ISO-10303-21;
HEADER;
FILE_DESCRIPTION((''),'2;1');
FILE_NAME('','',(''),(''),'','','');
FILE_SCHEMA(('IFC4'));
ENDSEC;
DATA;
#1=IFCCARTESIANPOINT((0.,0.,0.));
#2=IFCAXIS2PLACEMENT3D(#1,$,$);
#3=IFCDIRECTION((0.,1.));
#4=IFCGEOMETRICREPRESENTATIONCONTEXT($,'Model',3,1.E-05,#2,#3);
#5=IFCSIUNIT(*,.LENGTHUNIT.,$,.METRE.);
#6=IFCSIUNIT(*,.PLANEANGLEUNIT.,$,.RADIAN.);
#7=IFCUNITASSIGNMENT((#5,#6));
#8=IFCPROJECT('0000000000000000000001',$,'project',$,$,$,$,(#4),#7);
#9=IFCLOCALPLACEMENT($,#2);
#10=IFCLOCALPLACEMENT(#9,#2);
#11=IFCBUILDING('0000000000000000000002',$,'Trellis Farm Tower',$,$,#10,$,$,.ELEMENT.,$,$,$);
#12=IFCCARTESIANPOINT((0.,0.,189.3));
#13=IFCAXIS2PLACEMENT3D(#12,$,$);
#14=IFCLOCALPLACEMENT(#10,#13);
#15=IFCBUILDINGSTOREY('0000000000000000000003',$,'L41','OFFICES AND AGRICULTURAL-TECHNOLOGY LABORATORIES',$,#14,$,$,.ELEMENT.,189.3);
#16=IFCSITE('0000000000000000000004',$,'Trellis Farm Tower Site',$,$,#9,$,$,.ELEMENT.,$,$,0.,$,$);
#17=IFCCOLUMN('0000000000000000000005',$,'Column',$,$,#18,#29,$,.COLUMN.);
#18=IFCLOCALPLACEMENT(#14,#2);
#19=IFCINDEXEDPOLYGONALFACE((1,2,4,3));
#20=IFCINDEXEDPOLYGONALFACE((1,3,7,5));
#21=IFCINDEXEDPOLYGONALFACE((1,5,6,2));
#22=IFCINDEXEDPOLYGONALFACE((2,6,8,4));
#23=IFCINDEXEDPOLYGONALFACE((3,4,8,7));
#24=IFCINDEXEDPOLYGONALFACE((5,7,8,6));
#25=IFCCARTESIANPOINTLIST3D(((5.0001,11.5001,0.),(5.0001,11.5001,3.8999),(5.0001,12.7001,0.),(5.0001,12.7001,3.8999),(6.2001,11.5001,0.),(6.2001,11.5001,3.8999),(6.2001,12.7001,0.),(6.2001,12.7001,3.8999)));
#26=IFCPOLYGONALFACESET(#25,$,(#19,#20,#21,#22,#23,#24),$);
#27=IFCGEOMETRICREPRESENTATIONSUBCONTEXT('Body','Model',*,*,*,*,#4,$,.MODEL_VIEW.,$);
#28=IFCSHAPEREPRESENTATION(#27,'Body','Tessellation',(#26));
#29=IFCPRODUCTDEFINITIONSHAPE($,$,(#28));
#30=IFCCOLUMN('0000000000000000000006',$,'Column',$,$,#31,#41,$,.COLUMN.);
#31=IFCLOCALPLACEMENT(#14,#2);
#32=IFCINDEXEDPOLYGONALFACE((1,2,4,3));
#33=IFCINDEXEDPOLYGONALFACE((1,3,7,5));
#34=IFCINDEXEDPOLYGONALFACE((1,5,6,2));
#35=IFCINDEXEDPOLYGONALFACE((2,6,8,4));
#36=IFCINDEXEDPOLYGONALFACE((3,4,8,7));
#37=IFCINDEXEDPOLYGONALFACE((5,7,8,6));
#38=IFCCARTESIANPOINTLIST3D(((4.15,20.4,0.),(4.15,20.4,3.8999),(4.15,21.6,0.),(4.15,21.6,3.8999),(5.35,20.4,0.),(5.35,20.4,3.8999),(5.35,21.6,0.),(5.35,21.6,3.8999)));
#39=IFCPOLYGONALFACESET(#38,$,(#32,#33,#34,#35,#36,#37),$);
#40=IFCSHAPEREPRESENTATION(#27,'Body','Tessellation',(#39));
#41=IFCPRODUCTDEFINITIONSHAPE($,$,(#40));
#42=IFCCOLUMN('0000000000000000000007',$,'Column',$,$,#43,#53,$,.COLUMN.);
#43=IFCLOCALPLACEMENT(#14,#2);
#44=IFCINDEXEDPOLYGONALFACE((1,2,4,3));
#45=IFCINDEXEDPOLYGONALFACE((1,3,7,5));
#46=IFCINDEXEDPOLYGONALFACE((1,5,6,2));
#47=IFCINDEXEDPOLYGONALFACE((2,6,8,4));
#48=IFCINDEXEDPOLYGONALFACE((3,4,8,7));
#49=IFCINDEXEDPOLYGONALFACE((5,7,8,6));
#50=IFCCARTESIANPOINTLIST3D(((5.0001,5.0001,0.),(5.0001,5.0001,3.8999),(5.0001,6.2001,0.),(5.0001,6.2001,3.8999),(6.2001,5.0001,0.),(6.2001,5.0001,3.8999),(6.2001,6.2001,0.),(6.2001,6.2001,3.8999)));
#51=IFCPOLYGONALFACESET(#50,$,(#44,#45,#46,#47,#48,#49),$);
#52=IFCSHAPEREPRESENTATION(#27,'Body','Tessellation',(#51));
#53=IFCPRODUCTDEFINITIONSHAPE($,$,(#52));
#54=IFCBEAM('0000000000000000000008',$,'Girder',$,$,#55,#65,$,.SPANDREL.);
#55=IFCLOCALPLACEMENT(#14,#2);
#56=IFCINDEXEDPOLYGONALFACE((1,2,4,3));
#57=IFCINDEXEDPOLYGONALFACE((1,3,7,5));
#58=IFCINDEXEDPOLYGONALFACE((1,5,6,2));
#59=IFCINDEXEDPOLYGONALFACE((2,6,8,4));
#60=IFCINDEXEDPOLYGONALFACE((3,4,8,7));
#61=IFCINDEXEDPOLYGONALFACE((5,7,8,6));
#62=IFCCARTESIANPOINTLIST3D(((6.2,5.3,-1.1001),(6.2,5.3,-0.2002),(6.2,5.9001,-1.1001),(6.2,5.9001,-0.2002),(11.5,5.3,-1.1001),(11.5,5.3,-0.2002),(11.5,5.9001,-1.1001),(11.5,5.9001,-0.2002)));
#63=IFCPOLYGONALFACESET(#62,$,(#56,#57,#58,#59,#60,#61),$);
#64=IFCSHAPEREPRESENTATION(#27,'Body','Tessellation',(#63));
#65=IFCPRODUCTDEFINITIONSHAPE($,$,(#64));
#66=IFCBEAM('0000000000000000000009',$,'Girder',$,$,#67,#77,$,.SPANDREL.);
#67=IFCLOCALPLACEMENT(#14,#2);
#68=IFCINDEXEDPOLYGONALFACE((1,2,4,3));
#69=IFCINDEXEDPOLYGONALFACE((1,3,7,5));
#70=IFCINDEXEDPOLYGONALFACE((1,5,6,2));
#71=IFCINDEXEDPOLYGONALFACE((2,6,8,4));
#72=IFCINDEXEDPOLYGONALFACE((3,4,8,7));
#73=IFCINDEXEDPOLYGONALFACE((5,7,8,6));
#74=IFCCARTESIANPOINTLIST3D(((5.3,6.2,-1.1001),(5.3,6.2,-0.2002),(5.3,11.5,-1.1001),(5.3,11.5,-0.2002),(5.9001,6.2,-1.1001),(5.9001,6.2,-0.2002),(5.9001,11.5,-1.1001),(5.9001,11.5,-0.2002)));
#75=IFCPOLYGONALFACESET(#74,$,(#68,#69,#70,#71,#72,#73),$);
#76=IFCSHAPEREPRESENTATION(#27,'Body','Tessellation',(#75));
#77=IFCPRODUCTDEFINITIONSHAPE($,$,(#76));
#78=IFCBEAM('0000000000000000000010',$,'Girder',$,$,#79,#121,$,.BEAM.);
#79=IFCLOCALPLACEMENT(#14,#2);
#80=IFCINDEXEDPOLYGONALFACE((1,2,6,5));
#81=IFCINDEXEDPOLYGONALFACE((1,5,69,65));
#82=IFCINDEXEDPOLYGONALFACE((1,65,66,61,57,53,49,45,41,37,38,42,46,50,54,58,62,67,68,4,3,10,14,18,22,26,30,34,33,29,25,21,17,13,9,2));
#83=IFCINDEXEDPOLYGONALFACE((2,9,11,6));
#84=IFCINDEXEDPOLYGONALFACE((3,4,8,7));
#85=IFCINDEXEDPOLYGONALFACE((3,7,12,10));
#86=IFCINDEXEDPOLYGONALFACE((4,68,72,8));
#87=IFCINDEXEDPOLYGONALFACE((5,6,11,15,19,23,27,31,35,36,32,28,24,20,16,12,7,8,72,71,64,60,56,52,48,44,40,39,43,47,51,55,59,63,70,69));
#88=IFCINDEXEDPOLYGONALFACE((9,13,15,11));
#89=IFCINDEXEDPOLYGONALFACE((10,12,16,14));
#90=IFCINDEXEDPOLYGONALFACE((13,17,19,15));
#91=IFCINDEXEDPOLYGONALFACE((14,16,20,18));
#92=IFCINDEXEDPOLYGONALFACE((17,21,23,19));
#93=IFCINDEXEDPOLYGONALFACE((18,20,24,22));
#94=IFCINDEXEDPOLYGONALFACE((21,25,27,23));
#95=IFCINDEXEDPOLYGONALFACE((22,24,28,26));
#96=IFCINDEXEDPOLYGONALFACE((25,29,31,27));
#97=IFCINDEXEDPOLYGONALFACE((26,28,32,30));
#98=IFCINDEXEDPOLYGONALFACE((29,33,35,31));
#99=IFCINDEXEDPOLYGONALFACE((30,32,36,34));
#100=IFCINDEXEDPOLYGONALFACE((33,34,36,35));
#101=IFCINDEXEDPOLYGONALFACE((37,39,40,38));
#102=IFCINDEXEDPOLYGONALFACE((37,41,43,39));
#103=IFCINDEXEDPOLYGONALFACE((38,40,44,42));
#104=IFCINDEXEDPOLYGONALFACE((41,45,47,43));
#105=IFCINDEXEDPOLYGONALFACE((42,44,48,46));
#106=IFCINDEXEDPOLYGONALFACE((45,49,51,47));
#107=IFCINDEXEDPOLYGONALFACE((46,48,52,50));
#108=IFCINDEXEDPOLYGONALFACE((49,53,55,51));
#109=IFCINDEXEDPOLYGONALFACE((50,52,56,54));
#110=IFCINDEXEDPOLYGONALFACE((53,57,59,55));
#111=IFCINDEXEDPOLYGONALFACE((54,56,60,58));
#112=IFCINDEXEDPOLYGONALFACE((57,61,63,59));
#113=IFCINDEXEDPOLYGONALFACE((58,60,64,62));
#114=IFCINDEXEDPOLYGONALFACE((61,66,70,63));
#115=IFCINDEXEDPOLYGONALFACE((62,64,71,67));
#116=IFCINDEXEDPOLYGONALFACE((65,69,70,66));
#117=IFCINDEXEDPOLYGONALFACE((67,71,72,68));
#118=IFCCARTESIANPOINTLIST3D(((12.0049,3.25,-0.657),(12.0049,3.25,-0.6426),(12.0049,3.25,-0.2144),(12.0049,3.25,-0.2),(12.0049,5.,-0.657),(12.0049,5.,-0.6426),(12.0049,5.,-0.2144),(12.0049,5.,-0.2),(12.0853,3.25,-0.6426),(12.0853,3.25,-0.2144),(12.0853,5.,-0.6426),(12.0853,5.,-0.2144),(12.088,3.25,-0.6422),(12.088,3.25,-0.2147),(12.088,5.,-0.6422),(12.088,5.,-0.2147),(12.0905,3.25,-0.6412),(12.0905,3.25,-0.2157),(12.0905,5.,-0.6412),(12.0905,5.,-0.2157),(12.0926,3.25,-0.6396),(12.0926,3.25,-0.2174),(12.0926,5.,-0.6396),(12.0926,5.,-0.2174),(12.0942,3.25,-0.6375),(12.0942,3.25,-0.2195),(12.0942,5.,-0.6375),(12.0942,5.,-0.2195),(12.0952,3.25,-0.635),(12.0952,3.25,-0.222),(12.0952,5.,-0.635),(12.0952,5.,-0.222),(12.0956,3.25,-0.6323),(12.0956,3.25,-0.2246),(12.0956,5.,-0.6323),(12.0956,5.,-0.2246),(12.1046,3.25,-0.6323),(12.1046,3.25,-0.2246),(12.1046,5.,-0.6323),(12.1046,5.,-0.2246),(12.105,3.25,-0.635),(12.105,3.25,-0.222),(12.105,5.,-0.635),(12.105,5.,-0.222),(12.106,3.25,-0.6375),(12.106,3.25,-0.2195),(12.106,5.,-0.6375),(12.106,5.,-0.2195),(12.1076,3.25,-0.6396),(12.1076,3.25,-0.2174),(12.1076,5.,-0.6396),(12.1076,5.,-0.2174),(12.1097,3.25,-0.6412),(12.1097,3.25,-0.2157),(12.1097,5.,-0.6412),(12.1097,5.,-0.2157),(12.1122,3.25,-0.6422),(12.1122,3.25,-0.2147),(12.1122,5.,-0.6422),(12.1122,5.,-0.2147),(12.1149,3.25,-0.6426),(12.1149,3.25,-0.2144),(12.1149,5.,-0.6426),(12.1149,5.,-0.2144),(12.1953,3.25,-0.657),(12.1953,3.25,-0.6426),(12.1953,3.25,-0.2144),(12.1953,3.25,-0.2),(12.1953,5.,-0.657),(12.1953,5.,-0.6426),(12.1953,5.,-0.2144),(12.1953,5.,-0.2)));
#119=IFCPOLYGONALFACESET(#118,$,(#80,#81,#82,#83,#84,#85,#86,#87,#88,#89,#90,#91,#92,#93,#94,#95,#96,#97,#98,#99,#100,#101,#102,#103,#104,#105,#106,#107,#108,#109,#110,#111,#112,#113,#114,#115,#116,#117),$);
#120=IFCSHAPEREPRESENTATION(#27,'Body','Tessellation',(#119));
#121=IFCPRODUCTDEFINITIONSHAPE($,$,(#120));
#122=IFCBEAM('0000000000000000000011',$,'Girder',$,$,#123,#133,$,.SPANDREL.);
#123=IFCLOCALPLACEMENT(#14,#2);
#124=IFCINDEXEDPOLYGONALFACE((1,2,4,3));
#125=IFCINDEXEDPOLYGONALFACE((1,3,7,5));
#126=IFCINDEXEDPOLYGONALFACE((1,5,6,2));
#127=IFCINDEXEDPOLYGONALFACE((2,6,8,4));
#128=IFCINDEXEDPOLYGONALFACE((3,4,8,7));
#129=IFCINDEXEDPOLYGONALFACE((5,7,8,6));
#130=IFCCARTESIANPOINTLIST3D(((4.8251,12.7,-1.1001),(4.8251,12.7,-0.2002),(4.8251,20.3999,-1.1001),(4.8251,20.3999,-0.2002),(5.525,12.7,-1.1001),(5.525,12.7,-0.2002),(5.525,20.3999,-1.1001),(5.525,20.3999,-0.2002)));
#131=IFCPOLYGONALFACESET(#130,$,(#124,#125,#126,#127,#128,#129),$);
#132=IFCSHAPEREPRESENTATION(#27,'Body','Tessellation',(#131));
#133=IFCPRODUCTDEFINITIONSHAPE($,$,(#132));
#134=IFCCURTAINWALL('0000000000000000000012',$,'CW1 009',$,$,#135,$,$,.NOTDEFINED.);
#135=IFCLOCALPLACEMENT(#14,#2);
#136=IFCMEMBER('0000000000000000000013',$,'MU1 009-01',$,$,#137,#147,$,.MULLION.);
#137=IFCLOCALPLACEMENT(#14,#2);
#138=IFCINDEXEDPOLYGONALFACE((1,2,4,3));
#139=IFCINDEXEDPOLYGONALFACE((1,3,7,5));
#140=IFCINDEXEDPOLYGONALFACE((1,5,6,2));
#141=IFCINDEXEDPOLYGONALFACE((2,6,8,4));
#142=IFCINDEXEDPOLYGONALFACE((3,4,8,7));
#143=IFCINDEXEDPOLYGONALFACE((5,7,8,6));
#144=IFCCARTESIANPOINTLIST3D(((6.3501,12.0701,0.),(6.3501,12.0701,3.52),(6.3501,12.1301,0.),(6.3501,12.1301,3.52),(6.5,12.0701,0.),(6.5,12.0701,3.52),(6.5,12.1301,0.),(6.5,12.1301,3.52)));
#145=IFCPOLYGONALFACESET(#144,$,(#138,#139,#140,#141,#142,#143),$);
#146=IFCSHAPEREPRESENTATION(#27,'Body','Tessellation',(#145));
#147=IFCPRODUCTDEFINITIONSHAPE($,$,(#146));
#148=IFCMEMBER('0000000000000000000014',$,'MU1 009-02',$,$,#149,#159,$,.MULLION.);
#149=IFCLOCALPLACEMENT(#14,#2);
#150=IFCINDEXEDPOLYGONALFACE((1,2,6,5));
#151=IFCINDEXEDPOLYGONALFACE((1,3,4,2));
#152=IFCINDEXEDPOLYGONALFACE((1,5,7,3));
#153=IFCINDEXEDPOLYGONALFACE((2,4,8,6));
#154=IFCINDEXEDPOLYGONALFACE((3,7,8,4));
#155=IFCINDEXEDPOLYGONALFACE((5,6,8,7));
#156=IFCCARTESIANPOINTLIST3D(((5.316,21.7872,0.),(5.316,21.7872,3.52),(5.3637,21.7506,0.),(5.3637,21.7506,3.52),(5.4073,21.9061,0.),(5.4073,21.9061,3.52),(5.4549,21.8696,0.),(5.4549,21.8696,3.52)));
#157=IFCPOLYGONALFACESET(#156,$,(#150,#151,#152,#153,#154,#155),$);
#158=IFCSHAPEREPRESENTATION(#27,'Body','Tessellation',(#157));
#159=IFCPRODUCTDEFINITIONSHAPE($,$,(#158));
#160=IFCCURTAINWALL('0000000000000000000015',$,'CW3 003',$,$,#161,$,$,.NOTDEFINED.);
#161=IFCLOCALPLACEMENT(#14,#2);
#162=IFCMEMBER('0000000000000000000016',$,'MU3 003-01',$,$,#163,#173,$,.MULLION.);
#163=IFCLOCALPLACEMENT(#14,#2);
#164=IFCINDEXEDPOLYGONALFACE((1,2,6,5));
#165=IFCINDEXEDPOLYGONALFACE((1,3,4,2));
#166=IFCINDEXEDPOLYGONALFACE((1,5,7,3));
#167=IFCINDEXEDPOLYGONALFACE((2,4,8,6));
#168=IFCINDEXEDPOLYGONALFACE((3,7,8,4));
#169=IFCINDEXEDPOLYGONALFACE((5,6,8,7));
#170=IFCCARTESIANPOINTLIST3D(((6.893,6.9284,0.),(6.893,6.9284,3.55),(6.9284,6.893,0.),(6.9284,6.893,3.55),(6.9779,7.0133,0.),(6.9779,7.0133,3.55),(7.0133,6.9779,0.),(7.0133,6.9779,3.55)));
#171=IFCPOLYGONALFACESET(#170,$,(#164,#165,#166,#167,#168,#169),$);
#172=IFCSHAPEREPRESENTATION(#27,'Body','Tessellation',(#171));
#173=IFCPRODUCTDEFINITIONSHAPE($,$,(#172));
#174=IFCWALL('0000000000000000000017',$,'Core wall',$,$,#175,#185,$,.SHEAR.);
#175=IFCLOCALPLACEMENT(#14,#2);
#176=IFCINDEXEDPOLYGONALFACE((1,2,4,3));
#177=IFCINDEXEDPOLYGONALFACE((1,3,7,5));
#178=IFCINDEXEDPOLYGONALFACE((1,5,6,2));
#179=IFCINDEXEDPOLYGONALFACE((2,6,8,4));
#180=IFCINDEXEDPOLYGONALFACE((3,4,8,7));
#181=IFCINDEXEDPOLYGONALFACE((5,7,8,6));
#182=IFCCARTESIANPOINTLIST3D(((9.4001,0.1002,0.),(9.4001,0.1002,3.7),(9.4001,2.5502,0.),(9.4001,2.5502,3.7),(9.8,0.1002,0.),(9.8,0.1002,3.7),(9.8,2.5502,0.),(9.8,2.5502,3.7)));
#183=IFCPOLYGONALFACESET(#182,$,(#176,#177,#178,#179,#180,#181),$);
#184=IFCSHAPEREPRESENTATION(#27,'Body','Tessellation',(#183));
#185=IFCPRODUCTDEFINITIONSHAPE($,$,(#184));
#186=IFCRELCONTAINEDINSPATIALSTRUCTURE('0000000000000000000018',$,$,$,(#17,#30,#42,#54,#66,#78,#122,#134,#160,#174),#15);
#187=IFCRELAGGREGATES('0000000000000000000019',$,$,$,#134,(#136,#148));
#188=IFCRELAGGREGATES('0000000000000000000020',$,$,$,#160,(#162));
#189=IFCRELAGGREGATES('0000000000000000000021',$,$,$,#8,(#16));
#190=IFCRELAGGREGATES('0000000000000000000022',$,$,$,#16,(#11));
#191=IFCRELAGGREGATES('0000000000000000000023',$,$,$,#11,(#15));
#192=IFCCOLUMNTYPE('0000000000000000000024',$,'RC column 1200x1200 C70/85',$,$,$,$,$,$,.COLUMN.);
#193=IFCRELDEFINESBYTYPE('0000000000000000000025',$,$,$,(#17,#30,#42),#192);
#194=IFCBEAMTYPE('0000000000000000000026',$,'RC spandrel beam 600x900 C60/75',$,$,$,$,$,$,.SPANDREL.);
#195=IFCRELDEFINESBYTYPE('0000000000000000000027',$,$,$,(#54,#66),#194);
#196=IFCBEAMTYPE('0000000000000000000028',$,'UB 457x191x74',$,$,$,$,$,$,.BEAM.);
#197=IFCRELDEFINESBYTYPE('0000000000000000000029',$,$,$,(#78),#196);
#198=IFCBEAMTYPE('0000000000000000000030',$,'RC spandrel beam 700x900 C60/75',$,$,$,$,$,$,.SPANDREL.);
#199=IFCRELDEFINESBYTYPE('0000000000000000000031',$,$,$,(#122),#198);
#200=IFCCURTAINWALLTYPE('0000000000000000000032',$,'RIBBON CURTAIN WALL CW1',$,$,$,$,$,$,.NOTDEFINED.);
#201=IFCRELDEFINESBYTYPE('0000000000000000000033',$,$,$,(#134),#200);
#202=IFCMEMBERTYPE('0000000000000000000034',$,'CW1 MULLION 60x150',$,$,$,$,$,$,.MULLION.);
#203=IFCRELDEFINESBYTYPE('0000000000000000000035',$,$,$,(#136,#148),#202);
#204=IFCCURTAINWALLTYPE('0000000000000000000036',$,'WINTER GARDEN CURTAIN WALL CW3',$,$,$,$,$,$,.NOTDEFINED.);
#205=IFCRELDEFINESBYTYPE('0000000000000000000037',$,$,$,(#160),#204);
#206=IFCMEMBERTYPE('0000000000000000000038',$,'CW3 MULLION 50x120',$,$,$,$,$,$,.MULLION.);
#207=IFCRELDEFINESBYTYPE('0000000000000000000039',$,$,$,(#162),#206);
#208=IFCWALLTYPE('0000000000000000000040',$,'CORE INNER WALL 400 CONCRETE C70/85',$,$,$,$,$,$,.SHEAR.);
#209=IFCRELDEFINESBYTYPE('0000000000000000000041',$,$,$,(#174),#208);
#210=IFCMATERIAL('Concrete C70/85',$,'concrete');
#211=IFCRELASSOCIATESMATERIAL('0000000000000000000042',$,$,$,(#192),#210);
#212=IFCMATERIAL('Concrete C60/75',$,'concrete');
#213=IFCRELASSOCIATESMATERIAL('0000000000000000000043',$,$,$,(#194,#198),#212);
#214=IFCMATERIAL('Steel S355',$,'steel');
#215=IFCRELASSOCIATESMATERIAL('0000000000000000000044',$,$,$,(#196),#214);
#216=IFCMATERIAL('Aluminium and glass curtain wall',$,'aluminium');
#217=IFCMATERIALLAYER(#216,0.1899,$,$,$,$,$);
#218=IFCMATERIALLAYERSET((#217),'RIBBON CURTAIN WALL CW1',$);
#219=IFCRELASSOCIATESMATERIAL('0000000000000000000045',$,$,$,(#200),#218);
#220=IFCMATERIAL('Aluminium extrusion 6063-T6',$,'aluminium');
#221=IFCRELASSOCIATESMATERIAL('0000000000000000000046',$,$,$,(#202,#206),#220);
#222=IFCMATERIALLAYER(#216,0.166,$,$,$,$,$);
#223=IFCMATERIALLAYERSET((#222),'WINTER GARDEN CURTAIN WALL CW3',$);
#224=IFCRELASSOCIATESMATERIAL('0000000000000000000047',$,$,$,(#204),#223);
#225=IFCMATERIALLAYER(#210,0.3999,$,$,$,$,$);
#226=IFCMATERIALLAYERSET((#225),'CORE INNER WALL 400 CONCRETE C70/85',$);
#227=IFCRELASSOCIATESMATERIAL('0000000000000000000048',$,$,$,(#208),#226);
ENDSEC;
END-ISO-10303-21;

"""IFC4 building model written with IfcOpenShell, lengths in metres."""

from ifc_helpers import new_model, si_unit, direction, frame, frame_2d, origin, origin_2d, place, context, subcontext, project, spatial, rectangle, i_section, extrude, source, transform, mapped, material, layer, layer_set, material_profile, profile_set, type_object, element, aggregate, save


model = new_model("IFC4")

# Units and contexts
model_context = context("Model", 3, precision=1e-05, world=origin(), true_north=direction((0.0, 1.0)))
body_context = subcontext(model_context, "Body", "Model", "MODEL_VIEW")
ifc_project = project(units=[si_unit("LENGTHUNIT", "METRE"), si_unit("PLANEANGLEUNIT", "RADIAN")], contexts=[model_context])

# Site, building, storey
site_placement = place(None, origin())
site = spatial("IfcSite", under=ifc_project, at=site_placement, Name="Trellis Farm Tower Site", CompositionType="ELEMENT", RefElevation=0.0)
building_placement = place(site_placement, origin())
building = spatial("IfcBuilding", under=site, at=building_placement, Name="Trellis Farm Tower", CompositionType="ELEMENT")
storey_placement = place(building_placement, frame((0.0, 0.0, 189.3)))
storey = spatial("IfcBuildingStorey", under=building, at=storey_placement, Name="L41", Description="OFFICES AND AGRICULTURAL-TECHNOLOGY LABORATORIES", CompositionType="ELEMENT", Elevation=189.3)

# Columns
ifc_material_1 = material(Name="Concrete C70/85", Category="concrete")
ifc_material_profile_1 = material_profile(ifc_material_1, rectangle(XDim=1.2, YDim=1.2, at=origin_2d()), Name="RC column 1200x1200 C70/85")
ifc_profile_set_1 = profile_set([ifc_material_profile_1], Name="Concrete C70/85")
column_type = type_object("IfcColumnType", Name="RC column 1200x1200 C70/85", PredefinedType="COLUMN", material=ifc_profile_set_1)
shared_shape_1 = source(origin(), body_context, "Body", "SweptSolid", [
    extrude(rectangle(XDim=1.2, YDim=1.2, at=origin_2d()), origin(), (0.0, 0.0, 1.0), 3.8999),
])
for number, where, z_axis, x_axis, name in (
    (1, (5.6001, 12.1001, 0.0), (0.0, 0.0, 1.0), (1.0, 0.0, 0.0), "Column"),
    (2, (4.75, 21.0, 0.0), (0.0, 0.0, 1.0), (1.0, 0.0, 0.0), "Column"),
    (3, (5.6001, 5.6001, 0.0), (0.0, 0.0, 1.0), (1.0, 0.0, 0.0), "Column"),
):
    element("IfcColumn", number, at=place(storey_placement, frame(where, z_axis=z_axis, x_axis=x_axis)), inside=storey, type_object=column_type, Name=name, PredefinedType="COLUMN", context=body_context, shape_type="MappedRepresentation", body=[
        mapped(shared_shape_1, transform((0.0, 0.0, 0.0))),
    ])

# Beams
ifc_material_2 = material(Name="Concrete C60/75", Category="concrete")
ifc_material_profile_2 = material_profile(ifc_material_2, rectangle(XDim=0.6001, YDim=0.8999, at=origin_2d()), Name="RC spandrel beam 600x900 C60/75")
ifc_profile_set_2 = profile_set([ifc_material_profile_2], Name="Concrete C60/75")
beam_type_1 = type_object("IfcBeamType", Name="RC spandrel beam 600x900 C60/75", PredefinedType="SPANDREL", material=ifc_profile_set_2)
shared_shape_2 = source(origin(), body_context, "Body", "SweptSolid", [
    extrude(rectangle(XDim=0.6001, YDim=0.8999, at=origin_2d()), origin(), (0.0, 0.0, 1.0), 5.3),
])
for number, where, z_axis, x_axis, name in (
    (4, (6.2, 5.6001, -0.6501), (1.0, 0.0, 0.0), (0.0, 1.0, 0.0), "Girder"),
    (5, (5.6001, 6.2, -0.6501), (0.0, 1.0, 0.0), (-1.0, 0.0, 0.0), "Girder"),
):
    element("IfcBeam", number, at=place(storey_placement, frame(where, z_axis=z_axis, x_axis=x_axis)), inside=storey, type_object=beam_type_1, Name=name, PredefinedType="SPANDREL", context=body_context, shape_type="MappedRepresentation", body=[
        mapped(shared_shape_2, transform((0.0, 0.0, 0.0))),
    ])
ifc_material_3 = material(Name="Steel S355", Category="steel")
ifc_material_profile_3 = material_profile(ifc_material_3, i_section(OverallWidth=0.1904, OverallDepth=0.457, WebThickness=0.009, FlangeThickness=0.0144, FilletRadius=0.0103, at=origin_2d()), Name="UB 457x191x74")
ifc_profile_set_3 = profile_set([ifc_material_profile_3], Name="Steel S355")
beam_type_2 = type_object("IfcBeamType", Name="UB 457x191x74", PredefinedType="BEAM", material=ifc_profile_set_3)
shared_shape_3 = source(origin(), body_context, "Body", "SweptSolid", [
    extrude(i_section(OverallWidth=0.1904, OverallDepth=0.457, WebThickness=0.009, FlangeThickness=0.0144, FilletRadius=0.0103, at=origin_2d()), origin(), (0.0, 0.0, 1.0), 1.75),
])
beam_1_placement = place(storey_placement, frame((12.1001, 3.25, -0.4285), z_axis=(0.0, 1.0, 0.0), x_axis=(-1.0, 0.0, 0.0)))
element("IfcBeam", 6, at=beam_1_placement, inside=storey, type_object=beam_type_2, Name="Girder", PredefinedType="BEAM", context=body_context, shape_type="MappedRepresentation", body=[
    mapped(shared_shape_3, transform((0.0, 0.0, 0.0))),
])
ifc_material_profile_4 = material_profile(ifc_material_2, rectangle(XDim=0.7, YDim=0.8999, at=origin_2d()), Name="RC spandrel beam 700x900 C60/75")
ifc_profile_set_4 = profile_set([ifc_material_profile_4], Name="Concrete C60/75")
beam_type_3 = type_object("IfcBeamType", Name="RC spandrel beam 700x900 C60/75", PredefinedType="SPANDREL", material=ifc_profile_set_4)
shared_shape_4 = source(origin(), body_context, "Body", "SweptSolid", [
    extrude(rectangle(XDim=0.7, YDim=0.8999, at=origin_2d()), origin(), (0.0, 0.0, 1.0), 7.7),
])
beam_2_placement = place(storey_placement, frame((5.175, 12.7, -0.6501), z_axis=(0.0, 1.0, 0.0), x_axis=(-1.0, 0.0, 0.0)))
element("IfcBeam", 7, at=beam_2_placement, inside=storey, type_object=beam_type_3, Name="Girder", PredefinedType="SPANDREL", context=body_context, shape_type="MappedRepresentation", body=[
    mapped(shared_shape_4, transform((0.0, 0.0, 0.0))),
])

# Curtain wall, members
ifc_material_4 = material(Name="Aluminium and glass curtain wall", Category="aluminium")
ifc_layer_1 = layer(ifc_material_4, 0.1899)
ifc_layer_set_1 = layer_set([ifc_layer_1], Name="RIBBON CURTAIN WALL CW1")
curtain_wall_type_1 = type_object("IfcCurtainWallType", Name="RIBBON CURTAIN WALL CW1", PredefinedType="NOTDEFINED", material=ifc_layer_set_1)
placement = place(storey_placement, origin())
curtain_wall_1 = element("IfcCurtainWall", 8, at=placement, inside=storey, type_object=curtain_wall_type_1, Name="CW1 009", PredefinedType="NOTDEFINED")
ifc_material_5 = material(Name="Aluminium extrusion 6063-T6", Category="aluminium")
ifc_material_profile_5 = material_profile(ifc_material_5, rectangle(XDim=0.0601, YDim=0.1499, at=origin_2d()), Name="MULLION 60x150")
ifc_profile_set_5 = profile_set([ifc_material_profile_5], Name="Aluminium extrusion 6063-T6")
member_type_1 = type_object("IfcMemberType", Name="CW1 MULLION 60x150", PredefinedType="MULLION", material=ifc_profile_set_5)
shared_shape_5 = source(origin(), body_context, "Body", "SweptSolid", [
    extrude(rectangle(XDim=0.0601, YDim=0.1499, at=origin_2d()), origin(), (0.0, 0.0, 1.0), 3.52),
])
member_1_placement = place(storey_placement, frame((6.425, 12.1001, 0.0), z_axis=(0.0, 0.0, 1.0), x_axis=(0.0, 1.0, 0.0)))
member_1 = element("IfcMember", 9, at=member_1_placement, type_object=member_type_1, Name="MU1 009-01", PredefinedType="MULLION", context=body_context, shape_type="MappedRepresentation", body=[
    mapped(shared_shape_5, transform((0.0, 0.0, 0.0))),
])
member_2_placement = place(storey_placement, frame((5.3855, 21.8284, 0.0), z_axis=(0.0, 0.0, 1.0), x_axis=(-0.793353, 0.608761, 0.0)))
member_2 = element("IfcMember", 10, at=member_2_placement, type_object=member_type_1, Name="MU1 009-02", PredefinedType="MULLION", context=body_context, shape_type="MappedRepresentation", body=[
    mapped(shared_shape_5, transform((0.0, 0.0, 0.0))),
])
aggregate(curtain_wall_1, [member_1, member_2])

# Curtain wall, member
ifc_layer_2 = layer(ifc_material_4, 0.166)
ifc_layer_set_2 = layer_set([ifc_layer_2], Name="WINTER GARDEN CURTAIN WALL CW3")
curtain_wall_type_2 = type_object("IfcCurtainWallType", Name="WINTER GARDEN CURTAIN WALL CW3", PredefinedType="NOTDEFINED", material=ifc_layer_set_2)
curtain_wall_2 = element("IfcCurtainWall", 11, at=placement, inside=storey, type_object=curtain_wall_type_2, Name="CW3 003", PredefinedType="NOTDEFINED")
ifc_material_profile_6 = material_profile(ifc_material_5, rectangle(XDim=0.05, YDim=0.1201, at=origin_2d()), Name="MULLION 50x120")
ifc_profile_set_6 = profile_set([ifc_material_profile_6], Name="Aluminium extrusion 6063-T6")
member_type_2 = type_object("IfcMemberType", Name="CW3 MULLION 50x120", PredefinedType="MULLION", material=ifc_profile_set_6)
shared_shape_6 = source(origin(), body_context, "Body", "SweptSolid", [
    extrude(rectangle(XDim=0.05, YDim=0.1201, at=origin_2d()), origin(), (0.0, 0.0, 1.0), 3.55),
])
member_3_placement = place(storey_placement, frame((6.9531, 6.9531, 0.0), z_axis=(0.0, 0.0, 1.0), x_axis=(-0.707107, 0.707107, 0.0)))
member_3 = element("IfcMember", 12, at=member_3_placement, type_object=member_type_2, Name="MU3 003-01", PredefinedType="MULLION", context=body_context, shape_type="MappedRepresentation", body=[
    mapped(shared_shape_6, transform((0.0, 0.0, 0.0))),
])
aggregate(curtain_wall_2, [member_3])

# Wall
ifc_layer_3 = layer(ifc_material_1, 0.3999)
ifc_layer_set_3 = layer_set([ifc_layer_3], Name="CORE INNER WALL 400 CONCRETE C70/85")
wall_type_1 = type_object("IfcWallType", Name="CORE INNER WALL 400 CONCRETE C70/85", PredefinedType="SHEAR", material=ifc_layer_set_3)
shared_shape_7 = source(origin(), body_context, "Body", "SweptSolid", [
    extrude(rectangle(XDim=2.45, YDim=0.3999, at=frame_2d((1.2251, 0.0))), origin(), (0.0, 0.0, 1.0), 3.7),
])
wall_1_placement = place(storey_placement, frame((9.6001, 0.1001, 0.0), z_axis=(0.0, 0.0, 1.0), x_axis=(0.0, 1.0, 0.0)))
element("IfcWall", 13, at=wall_1_placement, inside=storey, type_object=wall_type_1, Name="Core wall", PredefinedType="SHEAR", context=body_context, shape_type="MappedRepresentation", body=[
    mapped(shared_shape_7, transform((0.0, 0.0, 0.0))),
])

save(model, "model.ifc")
